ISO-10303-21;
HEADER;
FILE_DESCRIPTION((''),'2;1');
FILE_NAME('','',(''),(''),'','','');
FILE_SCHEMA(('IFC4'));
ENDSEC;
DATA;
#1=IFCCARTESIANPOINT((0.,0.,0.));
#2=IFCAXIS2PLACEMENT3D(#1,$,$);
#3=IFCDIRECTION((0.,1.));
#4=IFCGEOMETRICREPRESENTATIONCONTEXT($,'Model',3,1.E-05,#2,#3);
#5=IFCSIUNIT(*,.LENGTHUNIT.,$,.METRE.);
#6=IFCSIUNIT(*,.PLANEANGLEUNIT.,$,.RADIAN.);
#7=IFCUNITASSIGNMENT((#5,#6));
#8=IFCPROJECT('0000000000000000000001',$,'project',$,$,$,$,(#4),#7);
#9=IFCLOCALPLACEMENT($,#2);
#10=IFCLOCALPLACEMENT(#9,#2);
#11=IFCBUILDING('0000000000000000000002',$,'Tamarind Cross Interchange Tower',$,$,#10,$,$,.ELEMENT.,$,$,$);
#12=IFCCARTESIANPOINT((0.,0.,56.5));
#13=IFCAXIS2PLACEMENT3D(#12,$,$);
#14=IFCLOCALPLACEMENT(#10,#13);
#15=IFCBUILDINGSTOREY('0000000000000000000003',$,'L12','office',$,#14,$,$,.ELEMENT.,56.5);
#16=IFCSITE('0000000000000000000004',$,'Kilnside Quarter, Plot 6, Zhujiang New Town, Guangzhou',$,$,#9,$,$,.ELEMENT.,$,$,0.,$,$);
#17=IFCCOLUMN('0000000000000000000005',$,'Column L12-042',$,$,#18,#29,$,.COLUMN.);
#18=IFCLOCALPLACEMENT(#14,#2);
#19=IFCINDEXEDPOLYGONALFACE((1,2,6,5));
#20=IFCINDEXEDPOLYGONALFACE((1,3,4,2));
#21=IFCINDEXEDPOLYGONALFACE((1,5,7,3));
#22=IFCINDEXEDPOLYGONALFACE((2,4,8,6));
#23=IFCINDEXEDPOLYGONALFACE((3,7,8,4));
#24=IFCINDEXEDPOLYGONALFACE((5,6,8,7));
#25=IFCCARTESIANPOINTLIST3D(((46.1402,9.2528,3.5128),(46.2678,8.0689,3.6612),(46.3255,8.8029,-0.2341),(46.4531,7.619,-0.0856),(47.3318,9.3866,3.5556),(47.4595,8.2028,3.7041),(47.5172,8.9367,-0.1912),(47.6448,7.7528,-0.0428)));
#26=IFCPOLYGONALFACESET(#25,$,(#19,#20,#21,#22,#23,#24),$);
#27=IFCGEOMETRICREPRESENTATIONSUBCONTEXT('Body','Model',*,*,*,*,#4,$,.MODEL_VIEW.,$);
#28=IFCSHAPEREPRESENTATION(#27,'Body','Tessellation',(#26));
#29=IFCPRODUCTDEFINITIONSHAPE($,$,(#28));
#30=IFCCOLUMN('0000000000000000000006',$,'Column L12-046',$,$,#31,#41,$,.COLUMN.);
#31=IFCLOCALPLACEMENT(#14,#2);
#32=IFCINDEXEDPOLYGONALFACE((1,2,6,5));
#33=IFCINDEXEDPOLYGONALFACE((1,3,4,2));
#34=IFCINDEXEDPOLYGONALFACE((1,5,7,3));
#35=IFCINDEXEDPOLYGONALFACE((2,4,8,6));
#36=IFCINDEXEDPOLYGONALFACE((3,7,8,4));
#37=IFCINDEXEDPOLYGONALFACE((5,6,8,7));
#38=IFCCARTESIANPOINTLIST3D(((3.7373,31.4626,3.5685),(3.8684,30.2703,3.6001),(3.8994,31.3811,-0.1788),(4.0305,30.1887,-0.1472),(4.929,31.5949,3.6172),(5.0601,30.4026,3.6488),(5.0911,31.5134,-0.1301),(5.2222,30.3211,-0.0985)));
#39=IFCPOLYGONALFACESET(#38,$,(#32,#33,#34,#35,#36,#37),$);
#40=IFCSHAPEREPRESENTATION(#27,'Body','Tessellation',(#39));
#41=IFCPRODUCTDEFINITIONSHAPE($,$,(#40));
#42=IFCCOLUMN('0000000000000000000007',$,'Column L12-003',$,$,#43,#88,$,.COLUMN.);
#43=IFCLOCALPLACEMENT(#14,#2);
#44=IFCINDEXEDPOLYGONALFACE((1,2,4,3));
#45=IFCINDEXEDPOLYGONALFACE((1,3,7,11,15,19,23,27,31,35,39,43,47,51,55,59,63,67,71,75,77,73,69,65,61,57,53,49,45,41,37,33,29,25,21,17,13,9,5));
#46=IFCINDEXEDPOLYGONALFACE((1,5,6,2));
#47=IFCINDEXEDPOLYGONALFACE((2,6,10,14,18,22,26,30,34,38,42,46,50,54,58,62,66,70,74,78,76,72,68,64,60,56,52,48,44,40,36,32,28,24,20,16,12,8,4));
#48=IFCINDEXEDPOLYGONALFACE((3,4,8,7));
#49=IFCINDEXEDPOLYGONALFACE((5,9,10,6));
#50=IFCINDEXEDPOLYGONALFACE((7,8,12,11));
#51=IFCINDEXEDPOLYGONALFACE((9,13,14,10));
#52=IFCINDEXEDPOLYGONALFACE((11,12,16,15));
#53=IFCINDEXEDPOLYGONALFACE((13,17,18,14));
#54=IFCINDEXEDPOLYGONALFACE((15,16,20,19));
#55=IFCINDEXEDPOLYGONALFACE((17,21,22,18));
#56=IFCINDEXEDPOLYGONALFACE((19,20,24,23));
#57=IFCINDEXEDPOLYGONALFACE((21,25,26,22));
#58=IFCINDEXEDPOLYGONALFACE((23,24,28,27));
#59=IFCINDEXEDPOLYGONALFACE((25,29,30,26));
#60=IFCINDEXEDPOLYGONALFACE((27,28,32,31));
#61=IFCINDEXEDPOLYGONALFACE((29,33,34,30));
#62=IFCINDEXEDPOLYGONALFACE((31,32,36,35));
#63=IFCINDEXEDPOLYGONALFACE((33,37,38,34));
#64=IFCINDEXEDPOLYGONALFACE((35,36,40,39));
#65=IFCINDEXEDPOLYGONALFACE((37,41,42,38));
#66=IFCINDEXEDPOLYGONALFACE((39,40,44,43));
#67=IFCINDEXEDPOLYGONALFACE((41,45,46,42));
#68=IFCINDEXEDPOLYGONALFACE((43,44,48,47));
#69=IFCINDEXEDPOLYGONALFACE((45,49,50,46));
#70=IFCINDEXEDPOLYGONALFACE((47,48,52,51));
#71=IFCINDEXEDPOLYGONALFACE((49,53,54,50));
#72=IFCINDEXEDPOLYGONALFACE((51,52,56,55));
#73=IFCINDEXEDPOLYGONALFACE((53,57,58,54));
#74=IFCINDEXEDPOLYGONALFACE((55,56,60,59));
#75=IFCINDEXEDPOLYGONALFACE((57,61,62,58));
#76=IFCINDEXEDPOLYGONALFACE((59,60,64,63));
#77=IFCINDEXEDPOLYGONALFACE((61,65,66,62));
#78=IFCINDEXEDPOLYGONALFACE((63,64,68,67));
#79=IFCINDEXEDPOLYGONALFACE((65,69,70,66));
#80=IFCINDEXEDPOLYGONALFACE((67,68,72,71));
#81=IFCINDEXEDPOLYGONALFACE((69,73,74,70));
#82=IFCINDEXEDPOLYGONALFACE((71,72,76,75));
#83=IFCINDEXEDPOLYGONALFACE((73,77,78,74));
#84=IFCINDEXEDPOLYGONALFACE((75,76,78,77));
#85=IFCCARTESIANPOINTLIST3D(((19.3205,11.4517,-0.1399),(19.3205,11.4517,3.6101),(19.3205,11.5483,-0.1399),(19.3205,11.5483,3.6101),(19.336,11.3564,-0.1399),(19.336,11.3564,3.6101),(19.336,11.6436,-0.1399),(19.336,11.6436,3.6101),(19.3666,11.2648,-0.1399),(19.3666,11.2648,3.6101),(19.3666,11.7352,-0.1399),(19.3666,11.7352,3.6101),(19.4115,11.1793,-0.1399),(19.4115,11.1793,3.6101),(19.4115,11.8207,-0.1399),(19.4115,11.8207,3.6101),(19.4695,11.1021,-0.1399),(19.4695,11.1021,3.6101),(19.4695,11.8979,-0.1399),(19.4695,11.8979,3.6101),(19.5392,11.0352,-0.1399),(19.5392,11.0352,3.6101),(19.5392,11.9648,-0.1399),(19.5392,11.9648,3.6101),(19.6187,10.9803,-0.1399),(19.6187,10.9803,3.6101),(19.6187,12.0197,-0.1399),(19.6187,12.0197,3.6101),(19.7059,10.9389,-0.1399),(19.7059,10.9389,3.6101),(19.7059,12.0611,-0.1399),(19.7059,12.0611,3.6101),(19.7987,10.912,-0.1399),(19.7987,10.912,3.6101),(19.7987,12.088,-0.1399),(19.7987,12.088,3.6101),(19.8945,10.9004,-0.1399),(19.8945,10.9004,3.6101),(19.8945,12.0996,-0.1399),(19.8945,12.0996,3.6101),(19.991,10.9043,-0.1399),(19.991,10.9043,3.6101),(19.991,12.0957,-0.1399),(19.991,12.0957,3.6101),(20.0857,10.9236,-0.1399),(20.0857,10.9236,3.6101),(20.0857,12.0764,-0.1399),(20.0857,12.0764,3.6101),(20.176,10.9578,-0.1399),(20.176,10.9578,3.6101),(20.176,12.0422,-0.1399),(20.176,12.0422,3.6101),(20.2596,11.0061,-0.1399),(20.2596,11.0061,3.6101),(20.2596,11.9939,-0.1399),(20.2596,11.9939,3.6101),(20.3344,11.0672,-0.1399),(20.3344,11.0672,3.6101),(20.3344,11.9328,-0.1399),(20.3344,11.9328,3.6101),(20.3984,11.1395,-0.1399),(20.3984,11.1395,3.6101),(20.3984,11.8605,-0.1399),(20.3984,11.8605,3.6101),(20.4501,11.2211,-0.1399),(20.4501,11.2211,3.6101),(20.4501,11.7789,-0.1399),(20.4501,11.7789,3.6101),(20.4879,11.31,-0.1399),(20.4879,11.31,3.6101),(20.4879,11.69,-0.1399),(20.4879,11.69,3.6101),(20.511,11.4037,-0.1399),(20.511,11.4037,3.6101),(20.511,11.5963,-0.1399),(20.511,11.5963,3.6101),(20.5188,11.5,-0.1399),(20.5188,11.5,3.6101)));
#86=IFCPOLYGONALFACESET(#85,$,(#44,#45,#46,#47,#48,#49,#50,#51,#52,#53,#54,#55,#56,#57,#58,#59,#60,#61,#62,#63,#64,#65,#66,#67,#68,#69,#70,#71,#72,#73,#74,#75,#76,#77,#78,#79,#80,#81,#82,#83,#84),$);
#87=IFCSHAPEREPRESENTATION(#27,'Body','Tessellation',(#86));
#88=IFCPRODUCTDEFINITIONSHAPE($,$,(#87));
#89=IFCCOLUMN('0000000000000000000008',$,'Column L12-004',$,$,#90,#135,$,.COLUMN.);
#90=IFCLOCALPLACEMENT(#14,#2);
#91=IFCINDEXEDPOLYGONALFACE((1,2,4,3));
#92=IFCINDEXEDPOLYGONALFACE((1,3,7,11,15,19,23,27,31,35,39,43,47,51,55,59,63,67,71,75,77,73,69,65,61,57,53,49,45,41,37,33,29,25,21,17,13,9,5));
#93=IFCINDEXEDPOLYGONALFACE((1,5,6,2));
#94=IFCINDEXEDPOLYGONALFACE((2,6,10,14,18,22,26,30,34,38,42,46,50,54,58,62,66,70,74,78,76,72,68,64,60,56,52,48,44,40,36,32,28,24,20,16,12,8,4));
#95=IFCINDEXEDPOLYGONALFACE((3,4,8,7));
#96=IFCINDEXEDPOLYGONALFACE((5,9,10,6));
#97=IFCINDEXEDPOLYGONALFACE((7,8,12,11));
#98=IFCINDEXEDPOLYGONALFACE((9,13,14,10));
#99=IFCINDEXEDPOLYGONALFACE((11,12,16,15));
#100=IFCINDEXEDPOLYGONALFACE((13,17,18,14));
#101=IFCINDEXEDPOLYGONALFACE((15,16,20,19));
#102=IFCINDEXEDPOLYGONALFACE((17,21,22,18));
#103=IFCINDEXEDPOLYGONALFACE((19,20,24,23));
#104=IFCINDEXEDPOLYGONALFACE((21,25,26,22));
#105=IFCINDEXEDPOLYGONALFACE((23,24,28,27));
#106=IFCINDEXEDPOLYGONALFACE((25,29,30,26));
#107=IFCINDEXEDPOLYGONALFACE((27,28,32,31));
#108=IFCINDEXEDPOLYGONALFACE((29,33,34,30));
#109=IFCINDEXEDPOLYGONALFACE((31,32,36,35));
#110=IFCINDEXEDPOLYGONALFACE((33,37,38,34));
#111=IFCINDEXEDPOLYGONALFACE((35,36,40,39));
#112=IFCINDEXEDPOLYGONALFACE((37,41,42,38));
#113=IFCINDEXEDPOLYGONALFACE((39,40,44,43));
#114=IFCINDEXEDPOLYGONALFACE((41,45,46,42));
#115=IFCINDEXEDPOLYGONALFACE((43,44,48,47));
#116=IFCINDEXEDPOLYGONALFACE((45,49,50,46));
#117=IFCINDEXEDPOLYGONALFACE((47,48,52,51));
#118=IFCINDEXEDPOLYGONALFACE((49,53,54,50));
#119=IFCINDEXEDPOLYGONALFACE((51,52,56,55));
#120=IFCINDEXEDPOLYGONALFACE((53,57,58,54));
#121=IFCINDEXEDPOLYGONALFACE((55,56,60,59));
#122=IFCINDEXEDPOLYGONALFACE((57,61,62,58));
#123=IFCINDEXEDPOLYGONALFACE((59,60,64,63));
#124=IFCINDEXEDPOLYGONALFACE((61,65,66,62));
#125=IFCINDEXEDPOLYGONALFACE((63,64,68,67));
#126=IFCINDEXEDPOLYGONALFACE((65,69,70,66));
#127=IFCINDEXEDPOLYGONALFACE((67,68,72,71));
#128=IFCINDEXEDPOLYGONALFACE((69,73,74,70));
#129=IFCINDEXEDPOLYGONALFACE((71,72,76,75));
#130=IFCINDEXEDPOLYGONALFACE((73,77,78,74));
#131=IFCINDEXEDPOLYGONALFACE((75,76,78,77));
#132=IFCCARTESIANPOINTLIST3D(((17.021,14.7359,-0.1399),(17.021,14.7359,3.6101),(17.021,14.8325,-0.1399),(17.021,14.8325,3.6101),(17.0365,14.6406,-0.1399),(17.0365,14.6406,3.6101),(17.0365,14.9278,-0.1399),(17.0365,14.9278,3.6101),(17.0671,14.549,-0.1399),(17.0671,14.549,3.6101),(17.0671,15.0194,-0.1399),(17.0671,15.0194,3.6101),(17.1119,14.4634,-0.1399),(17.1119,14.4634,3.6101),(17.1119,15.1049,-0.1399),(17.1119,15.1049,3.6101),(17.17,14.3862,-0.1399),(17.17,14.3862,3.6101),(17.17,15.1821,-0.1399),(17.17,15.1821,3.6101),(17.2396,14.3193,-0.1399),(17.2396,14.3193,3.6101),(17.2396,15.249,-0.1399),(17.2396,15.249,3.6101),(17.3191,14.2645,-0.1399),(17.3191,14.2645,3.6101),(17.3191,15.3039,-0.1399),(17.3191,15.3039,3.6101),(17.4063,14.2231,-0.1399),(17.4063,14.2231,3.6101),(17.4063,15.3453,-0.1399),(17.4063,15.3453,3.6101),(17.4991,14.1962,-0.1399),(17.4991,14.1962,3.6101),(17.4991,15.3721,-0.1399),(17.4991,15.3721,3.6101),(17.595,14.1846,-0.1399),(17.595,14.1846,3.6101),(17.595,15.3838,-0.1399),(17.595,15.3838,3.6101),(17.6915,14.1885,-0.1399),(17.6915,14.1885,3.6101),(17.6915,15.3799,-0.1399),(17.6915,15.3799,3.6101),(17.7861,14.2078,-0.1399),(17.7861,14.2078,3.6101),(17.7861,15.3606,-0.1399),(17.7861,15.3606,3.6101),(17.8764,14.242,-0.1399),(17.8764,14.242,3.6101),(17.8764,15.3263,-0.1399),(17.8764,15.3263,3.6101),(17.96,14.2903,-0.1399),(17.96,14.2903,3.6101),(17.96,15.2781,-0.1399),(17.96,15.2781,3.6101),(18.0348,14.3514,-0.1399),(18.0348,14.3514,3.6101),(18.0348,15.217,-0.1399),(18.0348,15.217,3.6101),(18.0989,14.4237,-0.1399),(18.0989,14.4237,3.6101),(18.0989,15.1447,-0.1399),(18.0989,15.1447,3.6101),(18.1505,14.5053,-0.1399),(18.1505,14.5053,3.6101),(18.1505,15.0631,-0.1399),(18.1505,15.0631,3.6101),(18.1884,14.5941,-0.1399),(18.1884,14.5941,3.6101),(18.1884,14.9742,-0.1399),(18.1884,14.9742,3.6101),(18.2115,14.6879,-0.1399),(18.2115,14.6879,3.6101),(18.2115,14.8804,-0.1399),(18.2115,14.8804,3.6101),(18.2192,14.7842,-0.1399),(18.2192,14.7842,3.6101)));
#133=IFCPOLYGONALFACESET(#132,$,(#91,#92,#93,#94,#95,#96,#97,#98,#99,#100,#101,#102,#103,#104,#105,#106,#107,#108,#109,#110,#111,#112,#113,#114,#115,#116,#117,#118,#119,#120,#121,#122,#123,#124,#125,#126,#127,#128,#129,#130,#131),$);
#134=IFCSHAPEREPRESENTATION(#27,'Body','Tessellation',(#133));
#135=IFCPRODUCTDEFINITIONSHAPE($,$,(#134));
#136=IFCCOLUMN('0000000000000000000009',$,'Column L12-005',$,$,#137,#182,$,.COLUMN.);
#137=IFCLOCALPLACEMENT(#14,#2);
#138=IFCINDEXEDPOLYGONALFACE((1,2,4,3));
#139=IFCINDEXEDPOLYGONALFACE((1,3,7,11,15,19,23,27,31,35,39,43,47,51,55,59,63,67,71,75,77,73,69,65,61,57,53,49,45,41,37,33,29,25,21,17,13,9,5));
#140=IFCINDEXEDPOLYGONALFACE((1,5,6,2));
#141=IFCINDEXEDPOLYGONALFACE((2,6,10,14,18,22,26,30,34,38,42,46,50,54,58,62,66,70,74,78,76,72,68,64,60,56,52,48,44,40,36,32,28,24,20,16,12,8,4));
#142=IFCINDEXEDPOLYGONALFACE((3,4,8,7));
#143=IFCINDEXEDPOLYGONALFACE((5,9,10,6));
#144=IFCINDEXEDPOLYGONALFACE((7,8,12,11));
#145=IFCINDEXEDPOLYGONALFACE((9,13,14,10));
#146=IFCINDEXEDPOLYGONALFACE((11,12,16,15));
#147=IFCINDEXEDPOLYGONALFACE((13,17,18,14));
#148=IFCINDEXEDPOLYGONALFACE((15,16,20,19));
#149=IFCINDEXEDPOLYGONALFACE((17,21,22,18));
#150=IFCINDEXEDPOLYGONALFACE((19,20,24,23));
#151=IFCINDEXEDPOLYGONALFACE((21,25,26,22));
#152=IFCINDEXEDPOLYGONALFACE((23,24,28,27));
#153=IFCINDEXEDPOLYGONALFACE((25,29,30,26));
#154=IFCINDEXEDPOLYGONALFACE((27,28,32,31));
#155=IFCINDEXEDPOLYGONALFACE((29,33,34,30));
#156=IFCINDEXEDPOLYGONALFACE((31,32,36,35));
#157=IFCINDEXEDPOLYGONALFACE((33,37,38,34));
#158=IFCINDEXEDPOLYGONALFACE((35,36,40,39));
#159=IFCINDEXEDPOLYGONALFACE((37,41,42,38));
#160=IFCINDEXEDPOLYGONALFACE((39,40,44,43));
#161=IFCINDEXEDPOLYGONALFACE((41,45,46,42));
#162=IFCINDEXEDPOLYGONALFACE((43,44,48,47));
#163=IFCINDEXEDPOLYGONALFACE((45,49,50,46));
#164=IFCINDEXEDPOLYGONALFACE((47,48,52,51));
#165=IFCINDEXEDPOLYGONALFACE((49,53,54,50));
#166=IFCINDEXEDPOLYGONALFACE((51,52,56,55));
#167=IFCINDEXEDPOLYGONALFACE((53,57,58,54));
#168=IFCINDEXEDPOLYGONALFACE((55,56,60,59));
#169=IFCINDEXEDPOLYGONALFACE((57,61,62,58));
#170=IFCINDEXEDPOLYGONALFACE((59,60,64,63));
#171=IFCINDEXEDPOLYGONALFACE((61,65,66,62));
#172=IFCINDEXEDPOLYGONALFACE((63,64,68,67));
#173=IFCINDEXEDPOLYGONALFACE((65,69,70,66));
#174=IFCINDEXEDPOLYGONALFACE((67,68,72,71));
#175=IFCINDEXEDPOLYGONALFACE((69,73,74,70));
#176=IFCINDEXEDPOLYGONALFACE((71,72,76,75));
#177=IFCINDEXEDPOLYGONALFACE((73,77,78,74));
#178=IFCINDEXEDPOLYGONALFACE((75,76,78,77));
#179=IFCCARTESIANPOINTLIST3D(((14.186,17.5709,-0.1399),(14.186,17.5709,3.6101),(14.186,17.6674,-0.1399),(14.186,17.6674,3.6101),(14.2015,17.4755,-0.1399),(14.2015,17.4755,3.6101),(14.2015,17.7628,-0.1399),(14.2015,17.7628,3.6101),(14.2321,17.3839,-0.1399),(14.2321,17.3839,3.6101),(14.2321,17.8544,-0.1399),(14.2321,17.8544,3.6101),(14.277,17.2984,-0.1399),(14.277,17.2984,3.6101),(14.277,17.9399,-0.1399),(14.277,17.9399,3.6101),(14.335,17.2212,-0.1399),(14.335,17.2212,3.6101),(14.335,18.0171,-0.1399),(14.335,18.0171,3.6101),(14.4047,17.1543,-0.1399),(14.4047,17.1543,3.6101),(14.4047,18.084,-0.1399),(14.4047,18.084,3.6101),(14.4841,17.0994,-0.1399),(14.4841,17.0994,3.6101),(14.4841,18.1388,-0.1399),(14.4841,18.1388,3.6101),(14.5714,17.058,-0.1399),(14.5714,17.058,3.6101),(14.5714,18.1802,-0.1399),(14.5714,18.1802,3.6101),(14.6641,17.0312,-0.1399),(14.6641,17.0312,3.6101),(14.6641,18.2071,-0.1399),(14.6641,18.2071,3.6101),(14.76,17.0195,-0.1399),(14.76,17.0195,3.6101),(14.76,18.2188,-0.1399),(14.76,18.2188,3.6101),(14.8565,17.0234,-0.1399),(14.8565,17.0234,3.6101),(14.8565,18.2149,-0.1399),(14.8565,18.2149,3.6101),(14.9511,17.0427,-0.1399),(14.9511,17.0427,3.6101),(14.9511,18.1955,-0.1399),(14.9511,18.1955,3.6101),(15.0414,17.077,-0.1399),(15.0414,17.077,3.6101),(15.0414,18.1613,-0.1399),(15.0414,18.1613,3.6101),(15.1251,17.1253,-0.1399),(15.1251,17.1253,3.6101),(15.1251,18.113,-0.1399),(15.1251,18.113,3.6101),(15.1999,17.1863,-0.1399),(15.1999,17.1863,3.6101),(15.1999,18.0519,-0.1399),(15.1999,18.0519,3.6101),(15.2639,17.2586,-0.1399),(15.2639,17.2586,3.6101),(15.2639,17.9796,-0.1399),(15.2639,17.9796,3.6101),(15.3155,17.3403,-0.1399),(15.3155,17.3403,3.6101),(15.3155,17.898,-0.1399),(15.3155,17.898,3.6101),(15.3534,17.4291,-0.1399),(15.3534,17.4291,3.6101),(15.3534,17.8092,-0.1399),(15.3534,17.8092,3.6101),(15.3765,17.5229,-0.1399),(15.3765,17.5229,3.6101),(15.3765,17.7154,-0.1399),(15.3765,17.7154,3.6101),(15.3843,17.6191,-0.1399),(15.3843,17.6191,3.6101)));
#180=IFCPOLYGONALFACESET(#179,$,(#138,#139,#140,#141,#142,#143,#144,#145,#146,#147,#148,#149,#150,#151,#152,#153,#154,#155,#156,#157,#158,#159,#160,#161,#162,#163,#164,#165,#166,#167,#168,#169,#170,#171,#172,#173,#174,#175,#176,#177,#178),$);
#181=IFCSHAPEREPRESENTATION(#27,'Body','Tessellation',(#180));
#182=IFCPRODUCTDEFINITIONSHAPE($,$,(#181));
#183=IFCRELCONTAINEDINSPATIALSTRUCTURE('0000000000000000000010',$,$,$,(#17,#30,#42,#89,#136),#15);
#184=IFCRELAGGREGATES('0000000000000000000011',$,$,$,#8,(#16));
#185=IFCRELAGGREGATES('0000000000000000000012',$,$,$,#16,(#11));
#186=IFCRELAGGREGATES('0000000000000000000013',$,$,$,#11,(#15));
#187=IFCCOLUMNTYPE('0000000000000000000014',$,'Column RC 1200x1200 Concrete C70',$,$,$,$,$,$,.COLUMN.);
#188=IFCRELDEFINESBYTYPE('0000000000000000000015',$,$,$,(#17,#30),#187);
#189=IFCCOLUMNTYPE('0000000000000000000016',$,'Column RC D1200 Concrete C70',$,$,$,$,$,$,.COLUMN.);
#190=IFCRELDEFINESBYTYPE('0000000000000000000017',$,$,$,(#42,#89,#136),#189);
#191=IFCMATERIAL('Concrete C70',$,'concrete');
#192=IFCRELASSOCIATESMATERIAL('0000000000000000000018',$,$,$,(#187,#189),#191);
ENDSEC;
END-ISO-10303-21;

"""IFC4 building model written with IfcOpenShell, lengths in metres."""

from ifc_helpers import new_model, si_unit, direction, frame, origin, origin_2d, place, context, subcontext, project, spatial, rectangle, circle, extrude, material, material_profile, profile_set, type_object, element, save


model = new_model("IFC4")

# Units and contexts
model_context = context("Model", 3, precision=1e-05, world=origin(), true_north=direction((0.0, 1.0)))
body_context = subcontext(model_context, "Body", "Model", "MODEL_VIEW")
ifc_project = project(units=[si_unit("LENGTHUNIT", "METRE"), si_unit("PLANEANGLEUNIT", "RADIAN")], contexts=[model_context])

# Site, building, storey
site_placement = place(None, origin())
site = spatial("IfcSite", under=ifc_project, at=site_placement, Name="Kilnside Quarter, Plot 6, Zhujiang New Town, Guangzhou", CompositionType="ELEMENT", RefElevation=0.0)
building_placement = place(site_placement, origin())
building = spatial("IfcBuilding", under=site, at=building_placement, Name="Tamarind Cross Interchange Tower", CompositionType="ELEMENT")
storey_placement = place(building_placement, frame((0.0, 0.0, 56.5)))
storey = spatial("IfcBuildingStorey", under=building, at=storey_placement, Name="L12", Description="office", CompositionType="ELEMENT", Elevation=56.5)

# Columns
ifc_material_1 = material(Name="Concrete C70", Category="concrete")
ifc_material_profile_1 = material_profile(ifc_material_1, rectangle(XDim=1.2, YDim=1.2, at=origin_2d()), Name="RC 1200x1200")
ifc_profile_set_1 = profile_set([ifc_material_profile_1], Name="Concrete C70")
column_type_1 = type_object("IfcColumnType", Name="Column RC 1200x1200 Concrete C70", PredefinedType="COLUMN", material=ifc_profile_set_1)
column_1_placement = place(storey_placement, frame((46.9851, 8.2778, -0.1384), z_axis=(-0.049044, 0.119088, 0.991672), x_axis=(0.106345, -0.9866, 0.123739)))
element("IfcColumn", 1, at=column_1_placement, inside=storey, type_object=column_type_1, Name="Column L12-042", PredefinedType="COLUMN", context=body_context, shape_type="SweptSolid", body=[
    extrude(rectangle(XDim=1.2, YDim=1.2, at=origin_2d()), origin(), (0.0, 0.0, 1.0), 3.7783),
])
column_2_placement = place(storey_placement, frame((4.5608, 30.8511, -0.1387), z_axis=(-0.04321, 0.021735, 0.99883), x_axis=(0.109254, -0.993665, 0.026349)))
element("IfcColumn", 2, at=column_2_placement, inside=storey, type_object=column_type_1, Name="Column L12-046", PredefinedType="COLUMN", context=body_context, shape_type="SweptSolid", body=[
    extrude(rectangle(XDim=1.2, YDim=1.2, at=origin_2d()), origin(), (0.0, 0.0, 1.0), 3.7517),
])
ifc_material_profile_2 = material_profile(ifc_material_1, circle(Radius=0.6001, at=origin_2d()), Name="RC D1200")
ifc_profile_set_2 = profile_set([ifc_material_profile_2], Name="Concrete C70")
column_type_2 = type_object("IfcColumnType", Name="Column RC D1200 Concrete C70", PredefinedType="COLUMN", material=ifc_profile_set_2)
for number, where, z_axis, x_axis, name in (
    (3, (19.9187, 11.5, -0.1399), (0.0, 0.0, 1.0), (1.0, 0.0, 0.0), "Column L12-003"),
    (4, (17.6191, 14.7842, -0.1399), (0.0, 0.0, 1.0), (1.0, 0.0, 0.0), "Column L12-004"),
    (5, (14.7842, 17.6191, -0.1399), (0.0, 0.0, 1.0), (1.0, 0.0, 0.0), "Column L12-005"),
):
    element("IfcColumn", number, at=place(storey_placement, frame(where, z_axis=z_axis, x_axis=x_axis)), inside=storey, type_object=column_type_2, Name=name, PredefinedType="COLUMN", context=body_context, shape_type="SweptSolid", body=[
        extrude(circle(Radius=0.6001, at=origin_2d()), origin(), (0.0, 0.0, 1.0), 3.75),
    ])

save(model, "model.ifc")
